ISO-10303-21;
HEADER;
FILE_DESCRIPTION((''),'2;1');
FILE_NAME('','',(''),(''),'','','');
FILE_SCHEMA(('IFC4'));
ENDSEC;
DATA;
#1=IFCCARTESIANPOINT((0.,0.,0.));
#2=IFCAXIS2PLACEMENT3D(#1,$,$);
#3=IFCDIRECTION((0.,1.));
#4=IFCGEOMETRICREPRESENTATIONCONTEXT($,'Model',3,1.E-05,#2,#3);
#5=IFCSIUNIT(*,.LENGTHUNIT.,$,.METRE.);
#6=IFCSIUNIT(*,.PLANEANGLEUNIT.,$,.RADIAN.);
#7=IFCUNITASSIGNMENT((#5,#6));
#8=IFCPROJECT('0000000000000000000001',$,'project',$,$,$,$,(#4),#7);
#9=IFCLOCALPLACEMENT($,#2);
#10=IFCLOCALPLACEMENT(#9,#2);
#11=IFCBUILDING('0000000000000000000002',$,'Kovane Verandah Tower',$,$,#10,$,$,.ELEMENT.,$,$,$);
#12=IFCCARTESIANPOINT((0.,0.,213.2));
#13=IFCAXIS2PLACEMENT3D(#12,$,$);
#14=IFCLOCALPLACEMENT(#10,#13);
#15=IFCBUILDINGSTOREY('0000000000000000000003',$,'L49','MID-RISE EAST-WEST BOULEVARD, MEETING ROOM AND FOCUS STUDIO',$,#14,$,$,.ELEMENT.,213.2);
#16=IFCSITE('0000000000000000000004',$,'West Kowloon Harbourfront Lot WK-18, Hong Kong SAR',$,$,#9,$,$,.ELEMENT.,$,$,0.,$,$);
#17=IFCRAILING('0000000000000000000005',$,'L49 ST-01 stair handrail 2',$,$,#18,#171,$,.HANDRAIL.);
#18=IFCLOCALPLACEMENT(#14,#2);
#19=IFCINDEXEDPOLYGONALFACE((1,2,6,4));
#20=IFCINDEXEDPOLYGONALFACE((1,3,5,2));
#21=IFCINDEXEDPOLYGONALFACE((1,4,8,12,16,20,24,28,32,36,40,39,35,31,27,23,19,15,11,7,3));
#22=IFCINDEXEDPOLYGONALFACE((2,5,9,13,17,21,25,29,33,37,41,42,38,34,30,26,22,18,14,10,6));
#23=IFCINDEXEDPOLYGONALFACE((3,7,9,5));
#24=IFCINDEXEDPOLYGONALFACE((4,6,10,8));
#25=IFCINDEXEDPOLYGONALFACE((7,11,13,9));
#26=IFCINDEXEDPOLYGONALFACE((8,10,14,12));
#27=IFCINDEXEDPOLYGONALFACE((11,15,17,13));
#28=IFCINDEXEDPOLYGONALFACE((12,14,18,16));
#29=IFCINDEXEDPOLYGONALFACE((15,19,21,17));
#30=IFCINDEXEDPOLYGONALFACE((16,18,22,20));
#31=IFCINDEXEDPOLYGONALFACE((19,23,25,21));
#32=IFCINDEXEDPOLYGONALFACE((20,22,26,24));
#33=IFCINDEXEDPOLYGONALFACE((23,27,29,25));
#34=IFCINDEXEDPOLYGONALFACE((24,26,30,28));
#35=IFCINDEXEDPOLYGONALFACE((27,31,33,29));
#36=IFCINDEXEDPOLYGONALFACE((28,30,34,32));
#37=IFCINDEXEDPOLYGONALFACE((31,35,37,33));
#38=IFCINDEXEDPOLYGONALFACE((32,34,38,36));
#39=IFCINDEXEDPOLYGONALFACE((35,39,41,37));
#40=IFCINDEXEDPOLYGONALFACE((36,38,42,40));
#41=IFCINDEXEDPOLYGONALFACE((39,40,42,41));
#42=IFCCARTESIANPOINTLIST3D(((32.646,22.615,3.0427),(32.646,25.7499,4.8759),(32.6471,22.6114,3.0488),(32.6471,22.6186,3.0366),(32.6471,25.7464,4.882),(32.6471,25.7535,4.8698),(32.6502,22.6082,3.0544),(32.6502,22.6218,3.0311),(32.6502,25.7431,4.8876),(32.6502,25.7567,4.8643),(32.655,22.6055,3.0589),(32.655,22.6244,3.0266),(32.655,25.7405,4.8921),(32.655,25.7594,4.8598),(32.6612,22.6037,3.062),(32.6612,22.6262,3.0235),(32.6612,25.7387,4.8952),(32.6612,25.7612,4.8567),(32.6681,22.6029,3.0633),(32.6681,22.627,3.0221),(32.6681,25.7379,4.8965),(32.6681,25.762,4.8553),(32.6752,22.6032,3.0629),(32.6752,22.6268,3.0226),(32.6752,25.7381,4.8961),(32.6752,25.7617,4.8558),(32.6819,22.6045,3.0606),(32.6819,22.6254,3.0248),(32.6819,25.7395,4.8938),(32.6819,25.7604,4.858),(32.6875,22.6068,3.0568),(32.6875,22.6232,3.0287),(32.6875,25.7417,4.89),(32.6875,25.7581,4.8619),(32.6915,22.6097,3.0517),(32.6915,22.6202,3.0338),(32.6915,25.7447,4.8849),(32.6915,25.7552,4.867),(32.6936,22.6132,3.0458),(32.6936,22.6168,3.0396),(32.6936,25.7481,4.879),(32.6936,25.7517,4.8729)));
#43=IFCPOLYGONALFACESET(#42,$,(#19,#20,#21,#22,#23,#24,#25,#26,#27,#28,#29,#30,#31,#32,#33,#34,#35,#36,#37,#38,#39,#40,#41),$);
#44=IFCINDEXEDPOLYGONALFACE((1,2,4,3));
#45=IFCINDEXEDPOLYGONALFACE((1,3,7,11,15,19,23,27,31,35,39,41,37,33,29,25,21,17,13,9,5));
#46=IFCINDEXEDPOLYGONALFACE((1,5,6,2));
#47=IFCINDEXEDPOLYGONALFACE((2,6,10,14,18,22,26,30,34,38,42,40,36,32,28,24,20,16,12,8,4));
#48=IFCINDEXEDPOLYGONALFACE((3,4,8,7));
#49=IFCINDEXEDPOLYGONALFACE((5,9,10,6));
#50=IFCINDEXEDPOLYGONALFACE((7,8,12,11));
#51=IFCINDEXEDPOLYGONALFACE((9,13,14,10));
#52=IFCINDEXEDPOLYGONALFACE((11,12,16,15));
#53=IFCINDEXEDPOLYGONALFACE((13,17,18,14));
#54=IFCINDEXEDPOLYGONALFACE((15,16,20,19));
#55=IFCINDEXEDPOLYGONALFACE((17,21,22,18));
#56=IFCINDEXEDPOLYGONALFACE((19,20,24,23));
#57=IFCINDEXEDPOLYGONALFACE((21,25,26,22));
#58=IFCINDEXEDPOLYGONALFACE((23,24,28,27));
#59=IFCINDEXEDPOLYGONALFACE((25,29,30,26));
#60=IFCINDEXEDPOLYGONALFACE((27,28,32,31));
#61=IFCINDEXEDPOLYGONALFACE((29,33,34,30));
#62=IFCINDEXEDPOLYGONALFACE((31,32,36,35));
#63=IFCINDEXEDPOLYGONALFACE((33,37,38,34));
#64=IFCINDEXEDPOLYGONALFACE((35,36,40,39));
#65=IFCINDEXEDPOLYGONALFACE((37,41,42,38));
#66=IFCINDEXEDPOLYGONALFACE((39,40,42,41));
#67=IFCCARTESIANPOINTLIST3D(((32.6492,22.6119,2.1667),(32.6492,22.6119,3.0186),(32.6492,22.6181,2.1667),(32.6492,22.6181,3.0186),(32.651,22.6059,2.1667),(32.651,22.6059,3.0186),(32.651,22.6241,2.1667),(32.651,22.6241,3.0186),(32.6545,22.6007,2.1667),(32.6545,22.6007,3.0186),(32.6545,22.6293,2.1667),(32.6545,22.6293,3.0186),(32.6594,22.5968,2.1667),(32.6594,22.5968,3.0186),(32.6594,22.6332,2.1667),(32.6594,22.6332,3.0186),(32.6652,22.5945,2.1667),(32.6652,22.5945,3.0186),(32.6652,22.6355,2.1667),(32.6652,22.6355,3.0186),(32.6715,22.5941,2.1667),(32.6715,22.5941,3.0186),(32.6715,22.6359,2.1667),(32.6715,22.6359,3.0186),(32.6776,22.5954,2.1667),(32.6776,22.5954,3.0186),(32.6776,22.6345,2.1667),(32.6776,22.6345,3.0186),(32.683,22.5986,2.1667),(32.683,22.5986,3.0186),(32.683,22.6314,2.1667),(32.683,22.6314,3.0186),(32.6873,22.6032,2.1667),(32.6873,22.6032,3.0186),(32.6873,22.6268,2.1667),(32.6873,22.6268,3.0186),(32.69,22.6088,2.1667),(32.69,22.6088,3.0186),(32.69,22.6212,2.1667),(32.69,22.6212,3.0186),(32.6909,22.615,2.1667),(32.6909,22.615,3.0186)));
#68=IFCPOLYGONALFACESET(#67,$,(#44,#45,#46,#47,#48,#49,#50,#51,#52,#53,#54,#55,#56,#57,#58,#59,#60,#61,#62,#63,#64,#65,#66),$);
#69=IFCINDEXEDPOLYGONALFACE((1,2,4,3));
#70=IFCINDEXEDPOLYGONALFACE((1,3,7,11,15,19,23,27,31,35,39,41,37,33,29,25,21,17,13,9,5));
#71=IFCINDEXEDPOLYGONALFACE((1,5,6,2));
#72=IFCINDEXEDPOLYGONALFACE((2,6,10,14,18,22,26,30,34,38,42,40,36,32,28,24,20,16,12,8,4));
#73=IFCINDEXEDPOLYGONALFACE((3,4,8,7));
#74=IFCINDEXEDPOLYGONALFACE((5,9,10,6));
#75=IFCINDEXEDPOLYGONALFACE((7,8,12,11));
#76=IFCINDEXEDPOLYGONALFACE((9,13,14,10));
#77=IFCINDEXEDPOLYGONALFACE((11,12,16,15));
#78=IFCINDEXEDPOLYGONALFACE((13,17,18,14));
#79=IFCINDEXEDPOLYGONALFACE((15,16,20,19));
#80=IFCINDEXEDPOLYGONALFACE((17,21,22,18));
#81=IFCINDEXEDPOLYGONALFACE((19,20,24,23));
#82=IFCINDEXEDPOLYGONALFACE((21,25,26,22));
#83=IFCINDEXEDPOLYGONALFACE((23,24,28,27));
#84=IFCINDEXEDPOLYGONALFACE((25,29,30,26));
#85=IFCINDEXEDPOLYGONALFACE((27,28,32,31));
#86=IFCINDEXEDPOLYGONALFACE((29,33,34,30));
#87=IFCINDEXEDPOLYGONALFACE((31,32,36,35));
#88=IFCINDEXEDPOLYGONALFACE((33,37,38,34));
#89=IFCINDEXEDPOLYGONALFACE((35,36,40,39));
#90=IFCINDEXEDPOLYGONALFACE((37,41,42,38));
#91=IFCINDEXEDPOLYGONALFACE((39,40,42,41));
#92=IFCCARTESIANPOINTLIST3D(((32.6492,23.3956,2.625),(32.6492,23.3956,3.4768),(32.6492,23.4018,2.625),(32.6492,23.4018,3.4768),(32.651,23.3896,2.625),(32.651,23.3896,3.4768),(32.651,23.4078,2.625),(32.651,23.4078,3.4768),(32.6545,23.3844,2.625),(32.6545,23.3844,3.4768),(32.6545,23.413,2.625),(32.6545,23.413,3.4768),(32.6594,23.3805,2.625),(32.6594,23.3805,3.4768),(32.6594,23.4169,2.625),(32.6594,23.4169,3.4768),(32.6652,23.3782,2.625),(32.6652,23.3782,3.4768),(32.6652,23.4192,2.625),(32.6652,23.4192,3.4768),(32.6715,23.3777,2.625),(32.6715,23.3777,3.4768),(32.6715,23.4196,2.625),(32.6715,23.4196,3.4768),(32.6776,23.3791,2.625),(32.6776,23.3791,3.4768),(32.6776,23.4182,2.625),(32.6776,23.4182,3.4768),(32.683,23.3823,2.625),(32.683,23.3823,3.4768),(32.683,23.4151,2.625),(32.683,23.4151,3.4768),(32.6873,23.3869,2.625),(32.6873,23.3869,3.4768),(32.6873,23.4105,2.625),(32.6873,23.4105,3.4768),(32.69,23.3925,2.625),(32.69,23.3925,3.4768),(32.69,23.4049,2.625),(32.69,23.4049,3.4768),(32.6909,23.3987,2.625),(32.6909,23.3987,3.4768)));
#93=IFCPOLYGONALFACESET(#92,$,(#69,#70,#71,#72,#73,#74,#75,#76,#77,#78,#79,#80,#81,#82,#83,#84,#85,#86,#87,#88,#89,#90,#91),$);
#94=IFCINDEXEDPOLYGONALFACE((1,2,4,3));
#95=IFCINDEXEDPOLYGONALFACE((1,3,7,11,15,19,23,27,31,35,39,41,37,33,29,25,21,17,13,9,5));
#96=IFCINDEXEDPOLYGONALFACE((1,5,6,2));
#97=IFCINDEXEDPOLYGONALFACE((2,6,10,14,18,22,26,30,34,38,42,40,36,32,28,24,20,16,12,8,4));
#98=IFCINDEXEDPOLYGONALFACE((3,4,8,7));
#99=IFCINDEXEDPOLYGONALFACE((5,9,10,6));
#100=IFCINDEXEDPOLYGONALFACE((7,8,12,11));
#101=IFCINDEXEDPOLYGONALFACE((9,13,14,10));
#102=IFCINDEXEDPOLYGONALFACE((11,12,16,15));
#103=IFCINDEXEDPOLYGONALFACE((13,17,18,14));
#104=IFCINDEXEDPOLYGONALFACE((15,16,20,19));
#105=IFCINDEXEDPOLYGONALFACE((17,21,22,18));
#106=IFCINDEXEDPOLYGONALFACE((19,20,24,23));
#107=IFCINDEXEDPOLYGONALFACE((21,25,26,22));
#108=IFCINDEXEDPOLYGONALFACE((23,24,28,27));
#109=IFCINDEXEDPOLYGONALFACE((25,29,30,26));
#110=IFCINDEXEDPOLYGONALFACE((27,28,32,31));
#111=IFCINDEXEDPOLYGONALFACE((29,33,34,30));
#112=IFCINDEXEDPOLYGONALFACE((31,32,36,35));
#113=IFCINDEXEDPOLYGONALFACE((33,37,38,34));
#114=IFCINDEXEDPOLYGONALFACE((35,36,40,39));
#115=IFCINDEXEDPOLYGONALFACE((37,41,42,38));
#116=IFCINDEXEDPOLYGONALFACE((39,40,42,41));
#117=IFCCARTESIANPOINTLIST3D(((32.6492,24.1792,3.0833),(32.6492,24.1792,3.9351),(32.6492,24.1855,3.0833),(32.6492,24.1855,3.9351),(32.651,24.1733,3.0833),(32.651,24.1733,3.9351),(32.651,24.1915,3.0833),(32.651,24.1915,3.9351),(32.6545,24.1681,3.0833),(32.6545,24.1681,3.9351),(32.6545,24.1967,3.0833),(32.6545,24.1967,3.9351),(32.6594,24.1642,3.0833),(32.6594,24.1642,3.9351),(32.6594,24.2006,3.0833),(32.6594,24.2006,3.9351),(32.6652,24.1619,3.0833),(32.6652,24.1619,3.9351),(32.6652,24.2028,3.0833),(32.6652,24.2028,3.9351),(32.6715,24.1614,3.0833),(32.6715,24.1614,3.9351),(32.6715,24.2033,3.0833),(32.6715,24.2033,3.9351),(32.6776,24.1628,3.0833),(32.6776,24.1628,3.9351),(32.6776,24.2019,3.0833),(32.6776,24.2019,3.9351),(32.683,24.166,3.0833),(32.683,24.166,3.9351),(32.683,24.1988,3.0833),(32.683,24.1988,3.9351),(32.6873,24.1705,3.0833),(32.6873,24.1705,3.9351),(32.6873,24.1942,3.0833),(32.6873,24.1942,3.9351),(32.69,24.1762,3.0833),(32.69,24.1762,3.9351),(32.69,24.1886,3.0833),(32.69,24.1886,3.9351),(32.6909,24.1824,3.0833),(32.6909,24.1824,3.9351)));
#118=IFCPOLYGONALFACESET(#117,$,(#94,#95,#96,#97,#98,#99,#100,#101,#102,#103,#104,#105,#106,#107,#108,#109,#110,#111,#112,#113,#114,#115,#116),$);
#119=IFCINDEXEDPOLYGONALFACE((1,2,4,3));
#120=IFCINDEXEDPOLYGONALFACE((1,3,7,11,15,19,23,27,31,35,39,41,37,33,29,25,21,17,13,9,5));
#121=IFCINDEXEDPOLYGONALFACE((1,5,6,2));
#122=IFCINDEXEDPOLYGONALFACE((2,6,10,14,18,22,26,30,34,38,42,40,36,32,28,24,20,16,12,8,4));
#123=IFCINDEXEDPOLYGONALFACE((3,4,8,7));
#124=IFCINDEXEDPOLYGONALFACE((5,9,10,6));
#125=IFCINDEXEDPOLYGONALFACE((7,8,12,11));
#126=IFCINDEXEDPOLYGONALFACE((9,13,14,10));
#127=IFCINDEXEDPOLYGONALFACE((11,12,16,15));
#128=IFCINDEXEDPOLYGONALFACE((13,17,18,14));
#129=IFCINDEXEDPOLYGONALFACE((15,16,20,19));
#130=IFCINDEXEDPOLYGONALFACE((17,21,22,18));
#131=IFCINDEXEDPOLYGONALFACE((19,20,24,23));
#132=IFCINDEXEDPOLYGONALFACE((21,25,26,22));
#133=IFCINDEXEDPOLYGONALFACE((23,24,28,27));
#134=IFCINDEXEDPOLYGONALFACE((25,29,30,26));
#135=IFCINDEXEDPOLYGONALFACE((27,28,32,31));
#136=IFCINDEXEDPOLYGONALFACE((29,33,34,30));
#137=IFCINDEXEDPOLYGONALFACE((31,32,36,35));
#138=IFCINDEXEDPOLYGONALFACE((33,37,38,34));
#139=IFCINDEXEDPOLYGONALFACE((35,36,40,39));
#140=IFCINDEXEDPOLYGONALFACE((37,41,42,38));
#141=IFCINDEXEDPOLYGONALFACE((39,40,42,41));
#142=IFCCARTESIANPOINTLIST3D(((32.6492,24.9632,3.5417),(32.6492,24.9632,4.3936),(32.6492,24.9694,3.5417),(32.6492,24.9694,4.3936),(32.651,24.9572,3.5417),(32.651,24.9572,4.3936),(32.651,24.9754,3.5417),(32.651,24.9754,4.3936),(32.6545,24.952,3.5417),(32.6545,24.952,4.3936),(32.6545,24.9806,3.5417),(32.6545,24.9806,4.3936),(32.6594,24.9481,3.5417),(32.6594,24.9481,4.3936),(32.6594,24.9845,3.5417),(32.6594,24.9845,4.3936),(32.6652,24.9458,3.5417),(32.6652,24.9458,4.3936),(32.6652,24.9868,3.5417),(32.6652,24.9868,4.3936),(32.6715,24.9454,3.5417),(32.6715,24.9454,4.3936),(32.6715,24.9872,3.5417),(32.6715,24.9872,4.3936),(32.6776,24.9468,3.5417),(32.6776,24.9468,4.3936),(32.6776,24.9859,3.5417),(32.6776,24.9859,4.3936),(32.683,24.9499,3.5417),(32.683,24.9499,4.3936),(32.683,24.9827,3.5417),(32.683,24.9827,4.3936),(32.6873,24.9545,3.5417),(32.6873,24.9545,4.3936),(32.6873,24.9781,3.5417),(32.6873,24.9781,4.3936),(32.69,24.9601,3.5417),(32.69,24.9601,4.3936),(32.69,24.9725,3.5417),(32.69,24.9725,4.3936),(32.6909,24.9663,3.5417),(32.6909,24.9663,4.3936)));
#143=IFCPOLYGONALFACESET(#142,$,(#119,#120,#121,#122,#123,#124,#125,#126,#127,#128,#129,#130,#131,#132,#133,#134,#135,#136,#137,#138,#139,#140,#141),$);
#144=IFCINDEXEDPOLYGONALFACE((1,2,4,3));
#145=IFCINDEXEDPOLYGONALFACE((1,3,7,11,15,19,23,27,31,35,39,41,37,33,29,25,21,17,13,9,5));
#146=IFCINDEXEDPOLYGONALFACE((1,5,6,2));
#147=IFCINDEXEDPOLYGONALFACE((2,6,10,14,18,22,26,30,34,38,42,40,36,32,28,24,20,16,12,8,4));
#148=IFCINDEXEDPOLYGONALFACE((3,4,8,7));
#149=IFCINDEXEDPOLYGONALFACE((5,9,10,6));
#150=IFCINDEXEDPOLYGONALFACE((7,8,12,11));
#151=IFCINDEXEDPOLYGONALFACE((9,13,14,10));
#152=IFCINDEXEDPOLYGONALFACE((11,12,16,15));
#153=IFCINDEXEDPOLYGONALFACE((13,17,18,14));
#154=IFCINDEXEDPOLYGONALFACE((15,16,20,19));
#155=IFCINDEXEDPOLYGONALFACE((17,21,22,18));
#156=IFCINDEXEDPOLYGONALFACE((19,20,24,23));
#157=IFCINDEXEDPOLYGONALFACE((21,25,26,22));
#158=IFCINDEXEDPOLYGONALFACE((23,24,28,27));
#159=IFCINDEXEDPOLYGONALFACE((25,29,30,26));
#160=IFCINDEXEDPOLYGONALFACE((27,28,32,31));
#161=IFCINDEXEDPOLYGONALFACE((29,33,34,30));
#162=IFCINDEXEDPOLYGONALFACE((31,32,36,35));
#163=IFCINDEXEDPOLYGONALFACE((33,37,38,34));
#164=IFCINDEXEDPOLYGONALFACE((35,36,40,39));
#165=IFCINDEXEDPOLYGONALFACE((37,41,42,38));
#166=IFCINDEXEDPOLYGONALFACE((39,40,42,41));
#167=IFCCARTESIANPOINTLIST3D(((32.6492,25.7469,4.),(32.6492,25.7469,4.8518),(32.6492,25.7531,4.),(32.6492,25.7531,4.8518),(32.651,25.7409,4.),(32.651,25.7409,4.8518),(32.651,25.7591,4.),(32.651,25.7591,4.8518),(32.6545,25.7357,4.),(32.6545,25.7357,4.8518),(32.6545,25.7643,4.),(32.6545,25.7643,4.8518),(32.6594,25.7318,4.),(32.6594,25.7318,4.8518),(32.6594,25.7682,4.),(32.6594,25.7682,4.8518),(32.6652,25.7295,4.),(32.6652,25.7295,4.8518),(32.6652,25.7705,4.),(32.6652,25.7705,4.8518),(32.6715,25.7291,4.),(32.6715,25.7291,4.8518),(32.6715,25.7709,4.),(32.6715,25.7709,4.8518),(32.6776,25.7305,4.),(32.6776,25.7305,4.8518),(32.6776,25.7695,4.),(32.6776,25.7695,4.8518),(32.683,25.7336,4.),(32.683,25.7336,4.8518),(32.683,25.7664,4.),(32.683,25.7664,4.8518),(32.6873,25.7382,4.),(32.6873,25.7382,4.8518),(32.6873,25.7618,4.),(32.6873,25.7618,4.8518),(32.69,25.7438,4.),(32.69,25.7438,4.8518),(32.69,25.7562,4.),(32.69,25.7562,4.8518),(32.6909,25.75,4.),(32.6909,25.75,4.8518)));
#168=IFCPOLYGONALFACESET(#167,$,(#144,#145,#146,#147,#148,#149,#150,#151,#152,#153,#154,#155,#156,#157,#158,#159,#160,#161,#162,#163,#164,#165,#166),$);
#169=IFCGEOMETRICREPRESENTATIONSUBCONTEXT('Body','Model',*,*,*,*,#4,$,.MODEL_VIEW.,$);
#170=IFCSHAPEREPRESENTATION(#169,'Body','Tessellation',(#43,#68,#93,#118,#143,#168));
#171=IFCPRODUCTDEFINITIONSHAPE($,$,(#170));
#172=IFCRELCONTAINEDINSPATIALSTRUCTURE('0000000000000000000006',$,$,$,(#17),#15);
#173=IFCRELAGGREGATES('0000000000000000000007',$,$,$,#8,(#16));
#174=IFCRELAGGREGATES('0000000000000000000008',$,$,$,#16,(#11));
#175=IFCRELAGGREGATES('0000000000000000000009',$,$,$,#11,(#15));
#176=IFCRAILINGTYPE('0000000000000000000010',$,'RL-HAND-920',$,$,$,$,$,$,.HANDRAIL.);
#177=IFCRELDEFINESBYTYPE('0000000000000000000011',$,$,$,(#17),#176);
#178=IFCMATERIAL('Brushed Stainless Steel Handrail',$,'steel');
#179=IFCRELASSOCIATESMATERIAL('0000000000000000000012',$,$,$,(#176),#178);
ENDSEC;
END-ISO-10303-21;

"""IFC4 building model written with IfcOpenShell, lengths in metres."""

from ifc_helpers import new_model, si_unit, direction, frame, origin, origin_2d, place, context, subcontext, project, spatial, circle, extrude, material, type_object, element, save


model = new_model("IFC4")

# Units and contexts
model_context = context("Model", 3, precision=1e-05, world=origin(), true_north=direction((0.0, 1.0)))
body_context = subcontext(model_context, "Body", "Model", "MODEL_VIEW")
ifc_project = project(units=[si_unit("LENGTHUNIT", "METRE"), si_unit("PLANEANGLEUNIT", "RADIAN")], contexts=[model_context])

# Site, building, storey
site_placement = place(None, origin())
site = spatial("IfcSite", under=ifc_project, at=site_placement, Name="West Kowloon Harbourfront Lot WK-18, Hong Kong SAR", CompositionType="ELEMENT", RefElevation=0.0)
building_placement = place(site_placement, origin())
building = spatial("IfcBuilding", under=site, at=building_placement, Name="Kovane Verandah Tower", CompositionType="ELEMENT")
storey_placement = place(building_placement, frame((0.0, 0.0, 213.2)))
storey = spatial("IfcBuildingStorey", under=building, at=storey_placement, Name="L49", Description="MID-RISE EAST-WEST BOULEVARD, MEETING ROOM AND FOCUS STUDIO", CompositionType="ELEMENT", Elevation=213.2)

# Railing
ifc_material_1 = material(Name="Brushed Stainless Steel Handrail", Category="steel")
railing_type_1 = type_object("IfcRailingType", Name="RL-HAND-920", PredefinedType="HANDRAIL", material=ifc_material_1)
railing_1_placement = place(storey_placement, frame((32.6699, 22.615, 2.1667)))
element("IfcRailing", 1, at=railing_1_placement, inside=storey, type_object=railing_type_1, Name="L49 ST-01 stair handrail 2", PredefinedType="HANDRAIL", context=body_context, shape_type="SweptSolid", body=[
    extrude(circle(Radius=0.0239, at=origin_2d()), frame((0.0, 0.0, 0.876), z_axis=(0.0, 0.86324, 0.504794), x_axis=(-1.0, 0.0, 0.0)), (0.0, 0.0, 1.0), 3.6316),
    extrude(circle(Radius=0.021, at=origin_2d()), origin(), (0.0, 0.0, 1.0), 0.8518),
    extrude(circle(Radius=0.021, at=origin_2d()), frame((0.0, 0.7837, 0.4583)), (0.0, 0.0, 1.0), 0.8518),
    extrude(circle(Radius=0.021, at=origin_2d()), frame((0.0, 1.5674, 0.9165)), (0.0, 0.0, 1.0), 0.8518),
    extrude(circle(Radius=0.021, at=origin_2d()), frame((0.0, 2.3513, 1.375)), (0.0, 0.0, 1.0), 0.8518),
    extrude(circle(Radius=0.021, at=origin_2d()), frame((0.0, 3.135, 1.8333)), (0.0, 0.0, 1.0), 0.8518),
])

save(model, "model.ifc")
